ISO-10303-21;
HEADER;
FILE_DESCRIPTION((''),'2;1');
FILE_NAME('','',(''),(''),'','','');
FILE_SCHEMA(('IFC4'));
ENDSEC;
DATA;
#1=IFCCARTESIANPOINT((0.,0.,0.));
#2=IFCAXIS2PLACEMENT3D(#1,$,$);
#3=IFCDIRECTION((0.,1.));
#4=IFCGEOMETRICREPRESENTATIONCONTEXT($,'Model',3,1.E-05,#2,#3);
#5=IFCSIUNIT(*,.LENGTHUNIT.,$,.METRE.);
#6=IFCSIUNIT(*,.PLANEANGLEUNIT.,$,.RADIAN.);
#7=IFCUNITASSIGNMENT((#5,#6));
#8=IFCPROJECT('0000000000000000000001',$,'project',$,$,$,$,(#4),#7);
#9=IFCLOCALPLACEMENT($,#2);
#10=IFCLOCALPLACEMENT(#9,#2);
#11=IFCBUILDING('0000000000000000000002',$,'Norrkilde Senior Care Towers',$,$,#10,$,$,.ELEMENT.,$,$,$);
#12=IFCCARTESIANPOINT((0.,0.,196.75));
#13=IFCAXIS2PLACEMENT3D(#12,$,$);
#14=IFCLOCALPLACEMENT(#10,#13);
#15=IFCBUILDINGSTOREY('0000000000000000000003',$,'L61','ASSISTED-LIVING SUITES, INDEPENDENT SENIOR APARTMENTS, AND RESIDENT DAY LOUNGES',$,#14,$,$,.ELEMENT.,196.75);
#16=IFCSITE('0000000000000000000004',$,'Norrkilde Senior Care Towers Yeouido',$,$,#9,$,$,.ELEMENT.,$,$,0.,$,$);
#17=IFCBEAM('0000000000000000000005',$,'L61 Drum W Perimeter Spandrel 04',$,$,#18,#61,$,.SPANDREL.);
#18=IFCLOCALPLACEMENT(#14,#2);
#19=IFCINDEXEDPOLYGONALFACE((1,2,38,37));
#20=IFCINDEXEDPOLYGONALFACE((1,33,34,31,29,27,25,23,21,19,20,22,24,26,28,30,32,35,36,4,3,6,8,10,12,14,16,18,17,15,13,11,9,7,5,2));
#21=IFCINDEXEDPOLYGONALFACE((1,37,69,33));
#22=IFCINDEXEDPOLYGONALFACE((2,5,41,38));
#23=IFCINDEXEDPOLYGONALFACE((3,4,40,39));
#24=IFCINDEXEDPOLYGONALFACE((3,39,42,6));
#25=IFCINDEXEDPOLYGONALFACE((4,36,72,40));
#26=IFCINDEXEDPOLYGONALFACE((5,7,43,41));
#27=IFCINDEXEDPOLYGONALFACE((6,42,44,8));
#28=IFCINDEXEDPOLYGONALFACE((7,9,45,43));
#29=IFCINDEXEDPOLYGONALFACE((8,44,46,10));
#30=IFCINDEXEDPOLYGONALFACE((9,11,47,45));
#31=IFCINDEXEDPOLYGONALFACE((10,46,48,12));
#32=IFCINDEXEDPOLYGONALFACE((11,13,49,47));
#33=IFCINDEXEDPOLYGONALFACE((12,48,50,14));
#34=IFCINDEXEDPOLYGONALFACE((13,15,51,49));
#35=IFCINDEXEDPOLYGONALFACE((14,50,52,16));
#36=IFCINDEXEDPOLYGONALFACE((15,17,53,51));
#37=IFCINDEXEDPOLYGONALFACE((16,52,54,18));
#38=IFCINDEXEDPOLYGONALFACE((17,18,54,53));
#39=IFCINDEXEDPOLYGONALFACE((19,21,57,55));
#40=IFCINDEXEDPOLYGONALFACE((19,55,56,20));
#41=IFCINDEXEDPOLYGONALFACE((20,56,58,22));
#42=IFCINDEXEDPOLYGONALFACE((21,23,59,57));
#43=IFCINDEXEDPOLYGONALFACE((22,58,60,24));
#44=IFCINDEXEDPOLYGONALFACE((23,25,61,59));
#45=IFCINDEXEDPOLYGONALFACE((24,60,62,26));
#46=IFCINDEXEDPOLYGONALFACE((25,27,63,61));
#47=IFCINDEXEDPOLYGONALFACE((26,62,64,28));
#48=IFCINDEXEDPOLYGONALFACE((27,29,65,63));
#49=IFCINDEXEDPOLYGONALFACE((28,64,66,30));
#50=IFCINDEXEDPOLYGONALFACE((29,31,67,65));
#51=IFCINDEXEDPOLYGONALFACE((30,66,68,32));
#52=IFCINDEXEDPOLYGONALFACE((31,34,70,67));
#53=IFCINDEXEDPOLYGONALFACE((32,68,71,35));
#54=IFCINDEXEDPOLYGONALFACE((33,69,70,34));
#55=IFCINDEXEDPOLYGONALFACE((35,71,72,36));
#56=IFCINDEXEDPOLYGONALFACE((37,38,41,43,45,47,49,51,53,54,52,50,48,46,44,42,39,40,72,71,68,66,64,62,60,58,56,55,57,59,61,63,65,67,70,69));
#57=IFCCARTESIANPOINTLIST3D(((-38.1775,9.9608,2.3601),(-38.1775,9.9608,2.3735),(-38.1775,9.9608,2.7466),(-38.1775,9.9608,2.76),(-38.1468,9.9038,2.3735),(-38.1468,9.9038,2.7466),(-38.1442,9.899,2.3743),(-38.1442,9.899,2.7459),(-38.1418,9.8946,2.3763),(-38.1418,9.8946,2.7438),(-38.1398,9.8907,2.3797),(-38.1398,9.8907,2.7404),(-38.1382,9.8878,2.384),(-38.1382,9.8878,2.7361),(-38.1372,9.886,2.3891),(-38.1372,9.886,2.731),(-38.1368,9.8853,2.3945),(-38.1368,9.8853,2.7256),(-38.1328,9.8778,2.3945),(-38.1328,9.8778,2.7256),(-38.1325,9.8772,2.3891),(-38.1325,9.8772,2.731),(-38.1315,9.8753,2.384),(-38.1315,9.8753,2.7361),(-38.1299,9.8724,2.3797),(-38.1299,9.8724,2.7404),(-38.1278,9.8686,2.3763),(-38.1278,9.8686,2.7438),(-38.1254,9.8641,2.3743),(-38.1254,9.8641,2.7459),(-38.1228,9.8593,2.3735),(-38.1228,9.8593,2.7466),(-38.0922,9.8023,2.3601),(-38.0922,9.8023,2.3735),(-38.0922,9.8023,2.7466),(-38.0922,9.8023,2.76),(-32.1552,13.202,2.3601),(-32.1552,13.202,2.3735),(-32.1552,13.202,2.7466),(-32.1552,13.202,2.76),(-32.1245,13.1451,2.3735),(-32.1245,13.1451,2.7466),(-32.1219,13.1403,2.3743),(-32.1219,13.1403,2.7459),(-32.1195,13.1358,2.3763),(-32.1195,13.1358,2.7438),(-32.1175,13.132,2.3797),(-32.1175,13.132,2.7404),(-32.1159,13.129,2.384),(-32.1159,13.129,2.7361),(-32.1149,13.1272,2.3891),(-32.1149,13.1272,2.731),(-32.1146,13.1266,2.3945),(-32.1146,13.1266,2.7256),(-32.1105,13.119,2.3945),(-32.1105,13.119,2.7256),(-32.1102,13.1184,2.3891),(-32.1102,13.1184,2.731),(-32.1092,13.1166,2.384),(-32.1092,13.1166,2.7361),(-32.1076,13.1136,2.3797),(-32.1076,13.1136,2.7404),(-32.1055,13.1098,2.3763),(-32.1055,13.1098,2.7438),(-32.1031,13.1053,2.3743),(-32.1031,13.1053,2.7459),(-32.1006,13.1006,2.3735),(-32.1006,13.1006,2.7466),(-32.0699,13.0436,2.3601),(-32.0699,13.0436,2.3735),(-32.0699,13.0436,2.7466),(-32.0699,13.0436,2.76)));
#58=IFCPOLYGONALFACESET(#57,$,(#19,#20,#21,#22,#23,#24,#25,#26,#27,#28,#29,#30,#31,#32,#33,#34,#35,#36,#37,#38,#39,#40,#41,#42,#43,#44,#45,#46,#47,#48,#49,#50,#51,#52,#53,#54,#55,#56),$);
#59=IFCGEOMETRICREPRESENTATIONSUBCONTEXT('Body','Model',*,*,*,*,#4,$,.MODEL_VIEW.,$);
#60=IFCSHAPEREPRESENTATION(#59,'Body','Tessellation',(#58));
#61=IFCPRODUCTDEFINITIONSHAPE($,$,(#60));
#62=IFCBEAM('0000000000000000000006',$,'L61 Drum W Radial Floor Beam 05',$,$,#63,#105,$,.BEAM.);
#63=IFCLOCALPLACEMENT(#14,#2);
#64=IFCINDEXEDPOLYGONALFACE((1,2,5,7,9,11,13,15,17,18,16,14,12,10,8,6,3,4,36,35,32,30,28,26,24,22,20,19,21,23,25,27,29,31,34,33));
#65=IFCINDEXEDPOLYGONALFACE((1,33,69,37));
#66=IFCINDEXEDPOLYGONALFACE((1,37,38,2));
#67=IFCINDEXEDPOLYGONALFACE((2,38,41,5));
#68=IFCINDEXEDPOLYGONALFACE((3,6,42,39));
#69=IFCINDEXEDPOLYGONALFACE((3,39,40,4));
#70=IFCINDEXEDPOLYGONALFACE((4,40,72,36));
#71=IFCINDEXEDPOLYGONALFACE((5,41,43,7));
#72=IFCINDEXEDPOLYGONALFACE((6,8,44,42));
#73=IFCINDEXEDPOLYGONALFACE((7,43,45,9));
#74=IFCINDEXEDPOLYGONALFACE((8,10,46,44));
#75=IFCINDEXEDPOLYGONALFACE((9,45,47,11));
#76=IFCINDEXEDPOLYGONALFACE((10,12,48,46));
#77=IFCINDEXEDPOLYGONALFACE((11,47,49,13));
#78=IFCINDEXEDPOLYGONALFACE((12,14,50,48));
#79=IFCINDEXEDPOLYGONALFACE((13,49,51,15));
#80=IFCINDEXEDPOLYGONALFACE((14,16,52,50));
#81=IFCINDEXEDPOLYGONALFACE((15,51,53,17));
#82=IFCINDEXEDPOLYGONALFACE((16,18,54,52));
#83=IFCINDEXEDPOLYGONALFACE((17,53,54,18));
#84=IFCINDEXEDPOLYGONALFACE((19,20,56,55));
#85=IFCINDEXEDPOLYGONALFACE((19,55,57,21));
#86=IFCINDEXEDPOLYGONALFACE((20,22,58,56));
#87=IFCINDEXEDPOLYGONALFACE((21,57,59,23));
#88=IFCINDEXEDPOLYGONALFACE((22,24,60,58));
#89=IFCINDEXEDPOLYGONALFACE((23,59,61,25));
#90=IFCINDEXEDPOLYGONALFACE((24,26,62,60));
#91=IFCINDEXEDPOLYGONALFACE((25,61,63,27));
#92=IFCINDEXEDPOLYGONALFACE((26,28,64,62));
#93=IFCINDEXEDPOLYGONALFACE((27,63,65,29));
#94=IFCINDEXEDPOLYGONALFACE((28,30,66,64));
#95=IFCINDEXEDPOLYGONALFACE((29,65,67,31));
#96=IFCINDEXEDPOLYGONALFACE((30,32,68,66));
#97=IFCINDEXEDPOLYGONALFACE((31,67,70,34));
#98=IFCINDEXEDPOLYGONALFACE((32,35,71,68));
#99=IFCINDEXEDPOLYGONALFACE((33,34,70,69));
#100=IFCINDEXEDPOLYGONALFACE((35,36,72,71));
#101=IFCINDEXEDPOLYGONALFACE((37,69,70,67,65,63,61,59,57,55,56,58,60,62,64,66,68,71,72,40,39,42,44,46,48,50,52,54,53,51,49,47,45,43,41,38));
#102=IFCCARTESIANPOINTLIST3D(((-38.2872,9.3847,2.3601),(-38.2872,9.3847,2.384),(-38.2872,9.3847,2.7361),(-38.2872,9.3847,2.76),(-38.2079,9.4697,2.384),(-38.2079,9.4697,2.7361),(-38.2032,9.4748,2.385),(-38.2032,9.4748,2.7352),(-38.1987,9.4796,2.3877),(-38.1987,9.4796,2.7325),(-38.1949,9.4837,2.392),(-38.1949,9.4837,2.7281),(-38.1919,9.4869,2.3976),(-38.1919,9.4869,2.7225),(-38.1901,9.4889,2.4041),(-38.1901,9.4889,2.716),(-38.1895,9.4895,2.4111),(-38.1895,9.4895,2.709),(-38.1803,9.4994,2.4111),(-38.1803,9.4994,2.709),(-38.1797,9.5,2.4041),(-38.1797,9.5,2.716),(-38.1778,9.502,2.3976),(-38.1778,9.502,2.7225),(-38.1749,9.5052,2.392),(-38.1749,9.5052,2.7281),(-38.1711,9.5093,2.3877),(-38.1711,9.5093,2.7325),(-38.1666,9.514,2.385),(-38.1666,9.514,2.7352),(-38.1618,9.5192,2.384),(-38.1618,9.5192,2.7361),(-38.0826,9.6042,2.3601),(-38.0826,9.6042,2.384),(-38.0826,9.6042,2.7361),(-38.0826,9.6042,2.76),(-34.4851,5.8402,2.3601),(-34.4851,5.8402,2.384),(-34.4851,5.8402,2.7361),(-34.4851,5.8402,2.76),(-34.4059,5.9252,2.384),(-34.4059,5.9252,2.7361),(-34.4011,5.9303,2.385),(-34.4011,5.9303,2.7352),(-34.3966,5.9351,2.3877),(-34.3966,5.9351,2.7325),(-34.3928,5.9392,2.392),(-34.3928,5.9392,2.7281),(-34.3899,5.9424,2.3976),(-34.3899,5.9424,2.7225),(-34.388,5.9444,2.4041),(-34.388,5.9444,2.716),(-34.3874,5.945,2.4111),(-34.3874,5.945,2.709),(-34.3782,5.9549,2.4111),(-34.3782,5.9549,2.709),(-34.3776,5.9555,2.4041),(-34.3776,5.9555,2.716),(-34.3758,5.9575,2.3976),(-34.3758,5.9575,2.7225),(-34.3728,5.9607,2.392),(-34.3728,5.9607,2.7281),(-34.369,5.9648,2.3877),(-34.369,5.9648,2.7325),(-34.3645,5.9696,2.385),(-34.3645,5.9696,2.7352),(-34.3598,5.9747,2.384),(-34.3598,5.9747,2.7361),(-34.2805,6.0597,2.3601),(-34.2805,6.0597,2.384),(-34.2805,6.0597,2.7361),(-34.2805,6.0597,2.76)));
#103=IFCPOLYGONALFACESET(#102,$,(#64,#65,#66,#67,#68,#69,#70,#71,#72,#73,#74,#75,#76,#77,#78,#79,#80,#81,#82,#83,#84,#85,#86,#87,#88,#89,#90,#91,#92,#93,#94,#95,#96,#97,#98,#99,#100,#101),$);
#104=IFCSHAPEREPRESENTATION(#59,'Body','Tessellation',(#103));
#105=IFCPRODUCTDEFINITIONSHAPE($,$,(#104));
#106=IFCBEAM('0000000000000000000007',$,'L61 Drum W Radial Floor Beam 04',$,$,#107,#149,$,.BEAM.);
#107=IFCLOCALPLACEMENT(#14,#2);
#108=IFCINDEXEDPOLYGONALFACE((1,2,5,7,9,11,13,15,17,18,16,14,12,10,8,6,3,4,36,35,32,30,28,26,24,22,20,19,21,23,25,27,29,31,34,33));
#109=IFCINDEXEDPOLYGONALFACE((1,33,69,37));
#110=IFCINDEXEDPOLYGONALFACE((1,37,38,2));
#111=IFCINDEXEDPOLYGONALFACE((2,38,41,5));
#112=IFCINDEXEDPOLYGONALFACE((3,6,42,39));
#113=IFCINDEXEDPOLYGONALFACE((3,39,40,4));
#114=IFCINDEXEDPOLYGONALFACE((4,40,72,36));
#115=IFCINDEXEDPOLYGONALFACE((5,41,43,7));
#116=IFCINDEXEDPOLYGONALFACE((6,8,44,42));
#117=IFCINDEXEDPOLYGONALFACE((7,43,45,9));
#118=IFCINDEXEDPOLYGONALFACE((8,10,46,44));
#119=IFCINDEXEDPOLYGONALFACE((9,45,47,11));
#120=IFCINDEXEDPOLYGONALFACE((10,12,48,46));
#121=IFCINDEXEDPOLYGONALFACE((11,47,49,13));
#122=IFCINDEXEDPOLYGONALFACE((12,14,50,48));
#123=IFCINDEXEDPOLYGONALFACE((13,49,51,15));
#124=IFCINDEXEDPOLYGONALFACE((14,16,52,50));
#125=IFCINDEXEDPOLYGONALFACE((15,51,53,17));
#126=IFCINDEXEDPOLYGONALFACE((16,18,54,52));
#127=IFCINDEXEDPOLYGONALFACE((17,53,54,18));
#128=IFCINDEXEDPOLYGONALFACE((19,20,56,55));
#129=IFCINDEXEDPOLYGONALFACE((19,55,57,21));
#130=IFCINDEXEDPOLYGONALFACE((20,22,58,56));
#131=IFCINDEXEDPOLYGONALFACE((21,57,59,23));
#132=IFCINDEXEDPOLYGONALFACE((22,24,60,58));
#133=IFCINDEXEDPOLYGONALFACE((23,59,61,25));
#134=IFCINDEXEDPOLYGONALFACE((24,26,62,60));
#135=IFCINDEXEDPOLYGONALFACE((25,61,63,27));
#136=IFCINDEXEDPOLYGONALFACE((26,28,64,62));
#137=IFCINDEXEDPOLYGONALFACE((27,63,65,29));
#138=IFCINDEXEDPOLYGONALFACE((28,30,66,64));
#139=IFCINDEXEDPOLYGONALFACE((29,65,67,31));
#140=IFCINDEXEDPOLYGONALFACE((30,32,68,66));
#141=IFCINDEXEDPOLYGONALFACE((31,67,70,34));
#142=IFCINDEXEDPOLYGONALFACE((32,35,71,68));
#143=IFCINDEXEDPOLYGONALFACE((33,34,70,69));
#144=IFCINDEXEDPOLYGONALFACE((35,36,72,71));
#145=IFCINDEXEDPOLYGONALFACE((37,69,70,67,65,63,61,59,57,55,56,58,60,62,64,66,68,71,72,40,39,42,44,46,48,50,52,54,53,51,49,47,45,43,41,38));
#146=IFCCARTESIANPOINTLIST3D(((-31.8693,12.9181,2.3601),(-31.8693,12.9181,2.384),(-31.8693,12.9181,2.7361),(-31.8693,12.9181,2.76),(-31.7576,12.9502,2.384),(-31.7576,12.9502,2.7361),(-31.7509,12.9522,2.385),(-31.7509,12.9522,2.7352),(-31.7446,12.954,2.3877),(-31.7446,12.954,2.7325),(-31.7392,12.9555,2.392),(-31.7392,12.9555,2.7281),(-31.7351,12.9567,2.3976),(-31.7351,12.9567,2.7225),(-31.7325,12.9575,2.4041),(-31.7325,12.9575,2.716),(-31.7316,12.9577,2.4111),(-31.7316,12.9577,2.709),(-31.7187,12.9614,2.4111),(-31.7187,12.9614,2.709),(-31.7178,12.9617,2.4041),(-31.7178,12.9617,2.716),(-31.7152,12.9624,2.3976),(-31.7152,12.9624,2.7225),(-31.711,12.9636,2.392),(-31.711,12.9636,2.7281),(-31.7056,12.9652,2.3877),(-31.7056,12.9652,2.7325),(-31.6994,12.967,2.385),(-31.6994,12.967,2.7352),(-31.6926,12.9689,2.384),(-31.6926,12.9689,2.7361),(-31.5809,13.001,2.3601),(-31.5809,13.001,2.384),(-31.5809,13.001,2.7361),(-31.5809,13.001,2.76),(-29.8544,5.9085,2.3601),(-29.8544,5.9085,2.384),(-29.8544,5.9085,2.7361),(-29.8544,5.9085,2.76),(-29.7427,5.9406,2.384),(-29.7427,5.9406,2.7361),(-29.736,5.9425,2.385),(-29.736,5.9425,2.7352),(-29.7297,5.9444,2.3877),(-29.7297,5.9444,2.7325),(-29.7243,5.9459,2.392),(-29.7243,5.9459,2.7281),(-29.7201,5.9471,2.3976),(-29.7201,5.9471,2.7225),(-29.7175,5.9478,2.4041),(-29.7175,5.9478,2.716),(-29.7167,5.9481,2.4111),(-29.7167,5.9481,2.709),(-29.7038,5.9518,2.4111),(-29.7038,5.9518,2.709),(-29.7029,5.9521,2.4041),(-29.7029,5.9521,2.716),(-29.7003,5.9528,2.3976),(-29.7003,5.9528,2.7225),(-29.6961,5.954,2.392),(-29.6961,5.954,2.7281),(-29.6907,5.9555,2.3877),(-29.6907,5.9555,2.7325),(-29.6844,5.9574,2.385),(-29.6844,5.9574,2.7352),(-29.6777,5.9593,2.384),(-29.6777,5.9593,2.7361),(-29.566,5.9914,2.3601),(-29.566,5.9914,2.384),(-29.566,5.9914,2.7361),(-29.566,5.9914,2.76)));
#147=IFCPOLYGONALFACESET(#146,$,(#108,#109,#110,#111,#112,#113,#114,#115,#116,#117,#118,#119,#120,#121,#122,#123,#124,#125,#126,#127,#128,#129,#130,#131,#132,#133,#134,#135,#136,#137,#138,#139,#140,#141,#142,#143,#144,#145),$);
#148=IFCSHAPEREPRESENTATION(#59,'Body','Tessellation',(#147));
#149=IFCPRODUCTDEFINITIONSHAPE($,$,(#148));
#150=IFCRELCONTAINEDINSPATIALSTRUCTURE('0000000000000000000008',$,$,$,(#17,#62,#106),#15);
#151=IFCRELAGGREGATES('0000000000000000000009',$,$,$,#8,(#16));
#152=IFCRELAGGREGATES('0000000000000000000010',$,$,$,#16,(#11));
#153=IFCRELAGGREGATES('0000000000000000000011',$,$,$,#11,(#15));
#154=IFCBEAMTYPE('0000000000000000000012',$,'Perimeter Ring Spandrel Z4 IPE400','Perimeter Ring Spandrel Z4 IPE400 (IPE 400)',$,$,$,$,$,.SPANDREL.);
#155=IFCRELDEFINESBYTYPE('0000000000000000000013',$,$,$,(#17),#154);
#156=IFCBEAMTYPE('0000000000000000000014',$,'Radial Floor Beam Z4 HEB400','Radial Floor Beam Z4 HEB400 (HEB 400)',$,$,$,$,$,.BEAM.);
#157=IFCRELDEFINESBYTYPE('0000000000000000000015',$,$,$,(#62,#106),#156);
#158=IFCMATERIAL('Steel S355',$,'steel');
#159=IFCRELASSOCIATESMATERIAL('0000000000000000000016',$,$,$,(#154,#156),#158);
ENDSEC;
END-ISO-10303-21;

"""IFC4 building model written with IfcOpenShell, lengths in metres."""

from ifc_helpers import new_model, si_unit, direction, frame, origin, origin_2d, place, context, subcontext, project, spatial, i_section, extrude, source, transform, mapped, material, material_profile, profile_set, type_object, type_shapes, element, save


model = new_model("IFC4")

# Units and contexts
model_context = context("Model", 3, precision=1e-05, world=origin(), true_north=direction((0.0, 1.0)))
body_context = subcontext(model_context, "Body", "Model", "MODEL_VIEW")
ifc_project = project(units=[si_unit("LENGTHUNIT", "METRE"), si_unit("PLANEANGLEUNIT", "RADIAN")], contexts=[model_context])

# Site, building, storey
site_placement = place(None, origin())
site = spatial("IfcSite", under=ifc_project, at=site_placement, Name="Norrkilde Senior Care Towers Yeouido", CompositionType="ELEMENT", RefElevation=0.0)
building_placement = place(site_placement, origin())
building = spatial("IfcBuilding", under=site, at=building_placement, Name="Norrkilde Senior Care Towers", CompositionType="ELEMENT")
storey_placement = place(building_placement, frame((0.0, 0.0, 196.75)))
storey = spatial("IfcBuildingStorey", under=building, at=storey_placement, Name="L61", Description="ASSISTED-LIVING SUITES, INDEPENDENT SENIOR APARTMENTS, AND RESIDENT DAY LOUNGES", CompositionType="ELEMENT", Elevation=196.75)

# Beams
ifc_material_1 = material(Name="Steel S355", Category="steel")
ifc_material_profile_1 = material_profile(ifc_material_1, i_section(OverallWidth=0.1799, OverallDepth=0.3999, WebThickness=0.0085, FlangeThickness=0.0134, FilletRadius=0.021, at=origin_2d()), Name="IPE 400")
ifc_profile_set_1 = profile_set([ifc_material_profile_1], Name="Steel S355")
beam_type_1 = type_object("IfcBeamType", Name="Perimeter Ring Spandrel Z4 IPE400", Description="Perimeter Ring Spandrel Z4 IPE400 (IPE 400)", PredefinedType="SPANDREL", material=ifc_profile_set_1)
shared_shape_1 = source(origin(), body_context, "Body", "SweptSolid", [
    extrude(i_section(OverallWidth=0.1799, OverallDepth=0.3999, WebThickness=0.0085, FlangeThickness=0.0134, FilletRadius=0.021, at=origin_2d()), origin(), (0.0, 0.0, 1.0), 6.8391),
])
beam_1_placement = place(storey_placement, frame((-32.1125, 13.1228, 2.5601), z_axis=(-0.880564, -0.473927, 0.0), x_axis=(0.473927, -0.880564, 0.0)))
element("IfcBeam", 1, at=beam_1_placement, inside=storey, type_object=beam_type_1, Name="L61 Drum W Perimeter Spandrel 04", PredefinedType="SPANDREL", context=body_context, shape_type="MappedRepresentation", body=[
    mapped(shared_shape_1, transform((0.0, 0.0, 0.0), x_axis=(1.0, 0.0, 0.0), y_axis=(0.0, 1.0, 0.0), z_axis=(0.0, 0.0, 1.0), scale=1.0)),
])
ifc_material_profile_2 = material_profile(ifc_material_1, i_section(OverallWidth=0.3, OverallDepth=0.3999, WebThickness=0.0134, FlangeThickness=0.0239, FilletRadius=0.0271, at=origin_2d()), Name="HEB 400")
ifc_profile_set_2 = profile_set([ifc_material_profile_2], Name="Steel S355")
beam_type_2 = type_object("IfcBeamType", Name="Radial Floor Beam Z4 HEB400", Description="Radial Floor Beam Z4 HEB400 (HEB 400)", PredefinedType="BEAM", material=ifc_profile_set_2)
shared_shape_2 = source(origin(), body_context, "Body", "SweptSolid", [
    extrude(i_section(OverallWidth=0.3, OverallDepth=0.3999, WebThickness=0.0134, FlangeThickness=0.0239, FilletRadius=0.0271, at=origin_2d()), origin(), (0.0, 0.0, 1.0), 5.198),
])
beam_2_placement = place(storey_placement, frame((-34.3828, 5.95, 2.5601), z_axis=(-0.731449, 0.681896, 0.0), x_axis=(-0.681896, -0.731449, 0.0)))
element("IfcBeam", 2, at=beam_2_placement, inside=storey, type_object=beam_type_2, Name="L61 Drum W Radial Floor Beam 05", PredefinedType="BEAM", context=body_context, shape_type="MappedRepresentation", body=[
    mapped(shared_shape_2, transform((0.0, 0.0, 0.0), x_axis=(1.0, 0.0, 0.0), y_axis=(0.0, 1.0, 0.0), z_axis=(0.0, 0.0, 1.0), scale=1.0)),
])
shared_shape_3 = source(origin(), body_context, "Body", "SweptSolid", [
    extrude(i_section(OverallWidth=0.3, OverallDepth=0.3999, WebThickness=0.0134, FlangeThickness=0.0239, FilletRadius=0.0271, at=origin_2d()), origin(), (0.0, 0.0, 1.0), 7.2935),
])
type_shapes(beam_type_2, [shared_shape_2, shared_shape_3])
beam_3_placement = place(storey_placement, frame((-29.7102, 5.95, 2.5601), z_axis=(-0.276264, 0.961082, 0.0), x_axis=(-0.961082, -0.276264, 0.0)))
element("IfcBeam", 3, at=beam_3_placement, inside=storey, type_object=beam_type_2, Name="L61 Drum W Radial Floor Beam 04", PredefinedType="BEAM", context=body_context, shape_type="MappedRepresentation", body=[
    mapped(shared_shape_3, transform((0.0, 0.0, 0.0), x_axis=(1.0, 0.0, 0.0), y_axis=(0.0, 1.0, 0.0), z_axis=(0.0, 0.0, 1.0), scale=1.0)),
])

save(model, "model.ifc")
